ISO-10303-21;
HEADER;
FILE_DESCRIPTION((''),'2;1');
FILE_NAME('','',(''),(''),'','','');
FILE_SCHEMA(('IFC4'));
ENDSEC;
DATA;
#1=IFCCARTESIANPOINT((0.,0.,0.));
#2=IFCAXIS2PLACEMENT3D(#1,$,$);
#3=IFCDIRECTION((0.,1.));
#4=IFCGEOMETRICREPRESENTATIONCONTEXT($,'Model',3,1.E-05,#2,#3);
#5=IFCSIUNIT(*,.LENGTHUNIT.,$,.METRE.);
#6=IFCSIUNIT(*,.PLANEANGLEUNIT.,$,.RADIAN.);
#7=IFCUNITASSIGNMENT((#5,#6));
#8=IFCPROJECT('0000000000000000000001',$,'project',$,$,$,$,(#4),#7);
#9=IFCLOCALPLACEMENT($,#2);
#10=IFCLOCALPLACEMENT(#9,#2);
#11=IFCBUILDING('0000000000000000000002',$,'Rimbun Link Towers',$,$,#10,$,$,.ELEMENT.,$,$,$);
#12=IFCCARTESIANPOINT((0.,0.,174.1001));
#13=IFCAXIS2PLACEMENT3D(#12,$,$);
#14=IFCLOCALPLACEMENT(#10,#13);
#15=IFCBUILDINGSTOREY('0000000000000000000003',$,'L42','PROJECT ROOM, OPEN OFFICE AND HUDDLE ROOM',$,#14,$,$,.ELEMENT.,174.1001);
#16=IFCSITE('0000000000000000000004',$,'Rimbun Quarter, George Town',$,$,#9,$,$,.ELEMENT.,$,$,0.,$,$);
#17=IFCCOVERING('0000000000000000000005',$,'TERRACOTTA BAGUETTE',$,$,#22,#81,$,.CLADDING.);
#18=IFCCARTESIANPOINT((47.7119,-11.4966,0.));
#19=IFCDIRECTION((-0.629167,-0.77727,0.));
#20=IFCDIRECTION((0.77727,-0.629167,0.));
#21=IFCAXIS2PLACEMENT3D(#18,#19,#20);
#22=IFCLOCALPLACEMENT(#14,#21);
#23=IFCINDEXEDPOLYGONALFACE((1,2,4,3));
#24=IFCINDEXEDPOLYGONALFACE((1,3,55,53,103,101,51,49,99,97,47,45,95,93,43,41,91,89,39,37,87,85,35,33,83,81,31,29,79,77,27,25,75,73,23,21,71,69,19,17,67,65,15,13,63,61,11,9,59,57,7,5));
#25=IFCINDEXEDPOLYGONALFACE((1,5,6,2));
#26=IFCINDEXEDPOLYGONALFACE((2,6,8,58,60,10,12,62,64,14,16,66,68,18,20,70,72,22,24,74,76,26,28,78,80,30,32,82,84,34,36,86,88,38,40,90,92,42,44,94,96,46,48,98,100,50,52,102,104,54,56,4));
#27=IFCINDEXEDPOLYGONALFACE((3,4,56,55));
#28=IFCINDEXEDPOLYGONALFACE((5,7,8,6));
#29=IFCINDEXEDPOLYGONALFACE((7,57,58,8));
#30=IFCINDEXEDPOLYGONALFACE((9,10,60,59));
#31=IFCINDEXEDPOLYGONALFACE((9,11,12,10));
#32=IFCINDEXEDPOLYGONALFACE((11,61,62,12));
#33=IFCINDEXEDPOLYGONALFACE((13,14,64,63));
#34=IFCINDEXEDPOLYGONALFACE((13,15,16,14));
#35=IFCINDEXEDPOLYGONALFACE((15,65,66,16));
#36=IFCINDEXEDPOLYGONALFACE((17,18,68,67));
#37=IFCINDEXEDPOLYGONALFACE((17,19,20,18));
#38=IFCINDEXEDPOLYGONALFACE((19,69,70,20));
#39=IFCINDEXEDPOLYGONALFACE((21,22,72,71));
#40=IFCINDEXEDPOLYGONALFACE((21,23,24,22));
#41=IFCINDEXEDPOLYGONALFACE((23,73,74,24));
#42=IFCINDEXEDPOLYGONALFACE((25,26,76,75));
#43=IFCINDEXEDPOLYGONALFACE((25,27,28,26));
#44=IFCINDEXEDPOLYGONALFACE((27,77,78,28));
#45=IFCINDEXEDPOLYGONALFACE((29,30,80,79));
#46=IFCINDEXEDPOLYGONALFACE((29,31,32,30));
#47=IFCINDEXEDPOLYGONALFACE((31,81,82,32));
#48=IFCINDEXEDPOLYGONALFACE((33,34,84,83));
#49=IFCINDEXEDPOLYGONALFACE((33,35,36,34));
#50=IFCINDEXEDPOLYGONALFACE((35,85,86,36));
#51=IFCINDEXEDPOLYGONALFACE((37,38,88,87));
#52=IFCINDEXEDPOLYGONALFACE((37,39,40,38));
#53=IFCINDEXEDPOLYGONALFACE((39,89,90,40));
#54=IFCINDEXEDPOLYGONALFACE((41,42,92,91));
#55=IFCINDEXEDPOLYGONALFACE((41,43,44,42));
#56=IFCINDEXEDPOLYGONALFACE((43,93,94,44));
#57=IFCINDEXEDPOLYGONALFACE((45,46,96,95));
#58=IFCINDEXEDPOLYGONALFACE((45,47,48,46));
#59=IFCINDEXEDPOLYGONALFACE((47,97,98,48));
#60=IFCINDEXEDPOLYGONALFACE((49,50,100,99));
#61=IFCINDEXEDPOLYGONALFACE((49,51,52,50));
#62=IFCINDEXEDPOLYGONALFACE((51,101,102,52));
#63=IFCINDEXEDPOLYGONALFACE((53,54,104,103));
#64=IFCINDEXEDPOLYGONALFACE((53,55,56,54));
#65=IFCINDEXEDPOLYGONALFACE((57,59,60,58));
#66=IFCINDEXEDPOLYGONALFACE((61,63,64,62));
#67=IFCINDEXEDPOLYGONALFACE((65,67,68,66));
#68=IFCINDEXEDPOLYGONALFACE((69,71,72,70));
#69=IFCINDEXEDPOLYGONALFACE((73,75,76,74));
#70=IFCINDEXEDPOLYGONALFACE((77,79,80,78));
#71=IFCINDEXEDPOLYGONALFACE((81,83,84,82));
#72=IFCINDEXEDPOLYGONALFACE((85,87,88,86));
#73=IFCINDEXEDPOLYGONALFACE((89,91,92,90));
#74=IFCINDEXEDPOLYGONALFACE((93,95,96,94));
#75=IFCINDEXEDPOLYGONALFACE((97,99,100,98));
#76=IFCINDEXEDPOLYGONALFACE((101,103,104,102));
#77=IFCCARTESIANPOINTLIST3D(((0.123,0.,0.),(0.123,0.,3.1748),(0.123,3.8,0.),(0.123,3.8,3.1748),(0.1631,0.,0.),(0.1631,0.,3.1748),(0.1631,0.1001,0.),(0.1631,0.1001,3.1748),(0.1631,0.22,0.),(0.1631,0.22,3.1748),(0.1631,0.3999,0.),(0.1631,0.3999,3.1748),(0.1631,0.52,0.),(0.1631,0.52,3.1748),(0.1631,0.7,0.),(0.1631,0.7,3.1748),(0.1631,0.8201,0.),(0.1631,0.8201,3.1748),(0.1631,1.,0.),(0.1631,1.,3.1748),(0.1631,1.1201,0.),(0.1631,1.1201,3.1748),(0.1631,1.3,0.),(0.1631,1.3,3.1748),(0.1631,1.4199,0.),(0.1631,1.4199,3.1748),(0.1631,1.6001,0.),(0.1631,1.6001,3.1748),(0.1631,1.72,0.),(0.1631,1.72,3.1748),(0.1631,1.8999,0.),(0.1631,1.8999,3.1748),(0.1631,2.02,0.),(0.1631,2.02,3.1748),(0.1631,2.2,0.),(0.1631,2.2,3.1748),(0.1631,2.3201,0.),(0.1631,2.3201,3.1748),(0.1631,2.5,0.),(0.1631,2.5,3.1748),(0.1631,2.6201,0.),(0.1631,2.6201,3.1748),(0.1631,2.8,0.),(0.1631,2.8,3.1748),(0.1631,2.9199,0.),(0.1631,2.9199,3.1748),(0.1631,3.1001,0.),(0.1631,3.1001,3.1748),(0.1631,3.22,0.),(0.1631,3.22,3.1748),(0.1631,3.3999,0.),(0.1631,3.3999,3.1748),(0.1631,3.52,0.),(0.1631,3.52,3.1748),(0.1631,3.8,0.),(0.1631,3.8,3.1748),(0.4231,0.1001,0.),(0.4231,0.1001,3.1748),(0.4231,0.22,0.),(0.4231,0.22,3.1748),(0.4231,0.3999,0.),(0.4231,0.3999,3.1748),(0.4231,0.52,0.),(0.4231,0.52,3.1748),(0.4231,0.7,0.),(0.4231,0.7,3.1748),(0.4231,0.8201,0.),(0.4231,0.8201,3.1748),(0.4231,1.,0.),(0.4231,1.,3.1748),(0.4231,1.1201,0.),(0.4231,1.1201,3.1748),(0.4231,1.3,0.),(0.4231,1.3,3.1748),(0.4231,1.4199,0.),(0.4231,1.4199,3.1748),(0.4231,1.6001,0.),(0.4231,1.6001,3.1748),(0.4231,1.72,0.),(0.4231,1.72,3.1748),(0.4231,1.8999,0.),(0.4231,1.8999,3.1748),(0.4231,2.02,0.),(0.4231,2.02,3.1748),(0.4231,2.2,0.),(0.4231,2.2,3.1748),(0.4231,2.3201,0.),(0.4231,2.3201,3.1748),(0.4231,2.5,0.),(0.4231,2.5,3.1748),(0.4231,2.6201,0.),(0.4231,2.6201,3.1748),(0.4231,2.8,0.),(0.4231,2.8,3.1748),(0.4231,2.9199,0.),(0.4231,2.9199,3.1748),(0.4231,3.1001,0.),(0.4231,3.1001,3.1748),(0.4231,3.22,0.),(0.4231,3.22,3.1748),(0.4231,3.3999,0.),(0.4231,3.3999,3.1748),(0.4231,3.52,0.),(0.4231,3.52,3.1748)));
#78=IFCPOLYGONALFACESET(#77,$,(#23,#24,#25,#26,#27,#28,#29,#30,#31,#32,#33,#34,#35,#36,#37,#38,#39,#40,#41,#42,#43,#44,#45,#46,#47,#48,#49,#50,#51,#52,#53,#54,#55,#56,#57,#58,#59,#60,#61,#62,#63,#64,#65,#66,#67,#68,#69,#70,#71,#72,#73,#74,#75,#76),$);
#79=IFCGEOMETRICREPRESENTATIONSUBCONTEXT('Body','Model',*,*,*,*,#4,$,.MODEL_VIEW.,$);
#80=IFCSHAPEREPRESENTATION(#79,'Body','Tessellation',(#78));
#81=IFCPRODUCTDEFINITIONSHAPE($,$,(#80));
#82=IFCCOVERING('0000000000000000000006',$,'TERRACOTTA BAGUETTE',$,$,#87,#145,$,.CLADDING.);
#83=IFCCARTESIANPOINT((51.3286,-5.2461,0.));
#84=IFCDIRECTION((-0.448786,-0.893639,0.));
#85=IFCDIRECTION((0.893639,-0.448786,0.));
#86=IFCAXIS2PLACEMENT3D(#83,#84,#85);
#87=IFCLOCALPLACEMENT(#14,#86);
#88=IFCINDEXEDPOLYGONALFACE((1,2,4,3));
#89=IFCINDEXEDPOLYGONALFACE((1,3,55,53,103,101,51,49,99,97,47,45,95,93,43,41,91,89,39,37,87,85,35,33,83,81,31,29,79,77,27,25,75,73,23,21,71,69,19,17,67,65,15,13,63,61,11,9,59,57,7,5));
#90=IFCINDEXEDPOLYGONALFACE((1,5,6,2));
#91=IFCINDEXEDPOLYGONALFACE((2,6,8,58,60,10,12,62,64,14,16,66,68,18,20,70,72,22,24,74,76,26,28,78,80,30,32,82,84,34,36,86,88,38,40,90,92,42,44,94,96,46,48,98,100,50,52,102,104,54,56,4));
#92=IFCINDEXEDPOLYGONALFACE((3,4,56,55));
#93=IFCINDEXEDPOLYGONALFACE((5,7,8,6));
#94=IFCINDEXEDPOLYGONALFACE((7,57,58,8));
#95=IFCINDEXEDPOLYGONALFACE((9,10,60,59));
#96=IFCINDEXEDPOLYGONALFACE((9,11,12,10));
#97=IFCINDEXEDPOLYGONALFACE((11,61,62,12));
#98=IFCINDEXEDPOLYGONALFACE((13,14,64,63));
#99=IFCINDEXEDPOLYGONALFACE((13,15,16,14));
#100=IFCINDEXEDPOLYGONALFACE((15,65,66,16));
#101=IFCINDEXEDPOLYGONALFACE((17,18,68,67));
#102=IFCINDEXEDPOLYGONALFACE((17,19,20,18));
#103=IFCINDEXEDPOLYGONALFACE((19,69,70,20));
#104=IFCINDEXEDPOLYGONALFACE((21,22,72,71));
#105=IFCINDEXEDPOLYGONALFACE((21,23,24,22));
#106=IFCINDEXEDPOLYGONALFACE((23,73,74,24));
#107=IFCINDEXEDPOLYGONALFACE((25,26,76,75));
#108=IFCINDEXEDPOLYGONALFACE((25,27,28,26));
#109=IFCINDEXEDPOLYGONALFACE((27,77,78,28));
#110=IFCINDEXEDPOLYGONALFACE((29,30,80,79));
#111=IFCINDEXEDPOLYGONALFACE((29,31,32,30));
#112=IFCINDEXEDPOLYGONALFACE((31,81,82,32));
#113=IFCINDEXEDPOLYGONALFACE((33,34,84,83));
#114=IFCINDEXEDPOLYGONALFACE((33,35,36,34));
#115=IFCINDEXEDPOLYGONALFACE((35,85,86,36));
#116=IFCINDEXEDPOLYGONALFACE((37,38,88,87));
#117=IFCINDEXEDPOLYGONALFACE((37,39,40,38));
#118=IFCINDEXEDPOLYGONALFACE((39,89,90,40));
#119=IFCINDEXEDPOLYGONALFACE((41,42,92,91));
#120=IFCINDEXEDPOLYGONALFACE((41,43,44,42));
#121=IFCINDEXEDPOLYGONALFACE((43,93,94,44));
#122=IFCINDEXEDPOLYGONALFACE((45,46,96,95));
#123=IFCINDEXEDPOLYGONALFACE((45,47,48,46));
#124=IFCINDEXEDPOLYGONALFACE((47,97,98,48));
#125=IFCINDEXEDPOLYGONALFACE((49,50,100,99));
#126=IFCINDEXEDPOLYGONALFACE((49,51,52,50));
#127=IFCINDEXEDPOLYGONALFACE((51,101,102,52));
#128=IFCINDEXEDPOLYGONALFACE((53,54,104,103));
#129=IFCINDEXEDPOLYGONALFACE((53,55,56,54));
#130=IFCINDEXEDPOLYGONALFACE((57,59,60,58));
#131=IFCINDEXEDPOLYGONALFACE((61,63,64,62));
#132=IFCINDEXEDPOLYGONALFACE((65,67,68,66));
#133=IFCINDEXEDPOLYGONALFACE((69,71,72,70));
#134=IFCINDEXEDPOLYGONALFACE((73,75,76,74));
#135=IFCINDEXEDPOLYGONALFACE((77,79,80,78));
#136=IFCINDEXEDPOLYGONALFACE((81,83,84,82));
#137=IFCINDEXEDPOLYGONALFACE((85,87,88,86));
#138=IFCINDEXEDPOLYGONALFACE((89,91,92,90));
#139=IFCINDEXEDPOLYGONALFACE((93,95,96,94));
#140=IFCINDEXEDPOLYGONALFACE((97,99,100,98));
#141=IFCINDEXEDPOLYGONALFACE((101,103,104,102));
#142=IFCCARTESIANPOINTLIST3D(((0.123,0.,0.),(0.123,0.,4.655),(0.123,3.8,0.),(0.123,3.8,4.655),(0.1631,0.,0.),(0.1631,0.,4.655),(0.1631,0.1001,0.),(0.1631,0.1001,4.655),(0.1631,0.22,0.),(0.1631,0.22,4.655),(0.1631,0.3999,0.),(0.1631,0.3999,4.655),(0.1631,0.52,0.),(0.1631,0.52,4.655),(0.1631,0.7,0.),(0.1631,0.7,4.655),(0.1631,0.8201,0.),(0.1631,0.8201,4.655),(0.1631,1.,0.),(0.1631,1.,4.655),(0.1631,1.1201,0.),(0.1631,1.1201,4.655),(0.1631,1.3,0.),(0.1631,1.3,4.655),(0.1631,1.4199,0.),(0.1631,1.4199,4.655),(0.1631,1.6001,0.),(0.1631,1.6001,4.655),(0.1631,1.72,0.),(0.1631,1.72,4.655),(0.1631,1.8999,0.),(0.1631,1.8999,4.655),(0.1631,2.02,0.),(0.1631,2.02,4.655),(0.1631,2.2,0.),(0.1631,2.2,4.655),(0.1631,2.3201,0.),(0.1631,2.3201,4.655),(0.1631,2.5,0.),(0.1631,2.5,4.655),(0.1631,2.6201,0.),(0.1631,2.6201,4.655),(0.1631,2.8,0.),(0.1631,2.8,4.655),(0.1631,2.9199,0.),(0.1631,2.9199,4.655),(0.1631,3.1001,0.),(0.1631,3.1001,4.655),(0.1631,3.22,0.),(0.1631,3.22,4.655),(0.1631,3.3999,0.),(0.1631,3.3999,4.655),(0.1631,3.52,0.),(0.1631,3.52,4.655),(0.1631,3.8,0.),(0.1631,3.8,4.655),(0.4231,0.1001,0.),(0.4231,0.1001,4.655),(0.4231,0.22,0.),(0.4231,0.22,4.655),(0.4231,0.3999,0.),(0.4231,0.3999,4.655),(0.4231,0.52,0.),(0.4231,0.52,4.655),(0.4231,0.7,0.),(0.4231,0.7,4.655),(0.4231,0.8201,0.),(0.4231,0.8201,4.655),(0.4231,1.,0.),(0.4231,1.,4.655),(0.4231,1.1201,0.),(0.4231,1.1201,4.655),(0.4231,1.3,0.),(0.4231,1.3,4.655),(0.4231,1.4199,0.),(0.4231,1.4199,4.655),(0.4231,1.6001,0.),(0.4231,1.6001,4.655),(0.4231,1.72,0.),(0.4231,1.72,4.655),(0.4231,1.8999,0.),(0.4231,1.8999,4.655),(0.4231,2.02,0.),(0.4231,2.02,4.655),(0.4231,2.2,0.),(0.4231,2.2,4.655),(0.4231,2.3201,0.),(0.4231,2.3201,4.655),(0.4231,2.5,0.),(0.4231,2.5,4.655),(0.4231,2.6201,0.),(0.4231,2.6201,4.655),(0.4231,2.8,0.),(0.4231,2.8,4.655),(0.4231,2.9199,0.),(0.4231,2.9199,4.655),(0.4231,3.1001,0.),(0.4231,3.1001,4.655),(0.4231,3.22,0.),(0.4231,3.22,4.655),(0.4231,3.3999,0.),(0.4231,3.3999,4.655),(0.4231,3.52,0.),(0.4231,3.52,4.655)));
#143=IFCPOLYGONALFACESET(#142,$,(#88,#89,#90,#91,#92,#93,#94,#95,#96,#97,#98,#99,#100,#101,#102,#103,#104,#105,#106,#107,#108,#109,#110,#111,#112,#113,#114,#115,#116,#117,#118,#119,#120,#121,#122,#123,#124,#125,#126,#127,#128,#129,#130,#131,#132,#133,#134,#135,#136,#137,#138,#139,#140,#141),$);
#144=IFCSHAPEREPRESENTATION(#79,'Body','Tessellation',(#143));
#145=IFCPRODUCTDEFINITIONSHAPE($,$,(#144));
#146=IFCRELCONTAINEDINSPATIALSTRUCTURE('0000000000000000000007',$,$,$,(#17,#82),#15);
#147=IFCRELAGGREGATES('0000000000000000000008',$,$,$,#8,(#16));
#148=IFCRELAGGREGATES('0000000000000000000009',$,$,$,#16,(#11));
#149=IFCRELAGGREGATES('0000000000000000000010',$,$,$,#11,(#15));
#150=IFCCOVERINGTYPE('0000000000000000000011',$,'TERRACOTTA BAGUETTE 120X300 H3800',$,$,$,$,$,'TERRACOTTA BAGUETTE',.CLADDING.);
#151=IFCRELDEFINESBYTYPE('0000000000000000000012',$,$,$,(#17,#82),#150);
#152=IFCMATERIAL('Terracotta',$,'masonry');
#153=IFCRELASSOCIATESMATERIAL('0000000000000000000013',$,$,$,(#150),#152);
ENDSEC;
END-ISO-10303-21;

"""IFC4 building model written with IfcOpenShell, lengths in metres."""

from ifc_helpers import new_model, si_unit, direction, frame, origin, place, context, subcontext, project, spatial, polyline, outline, extrude, material, material_profile, profile_set, type_object, element, save


model = new_model("IFC4")

# Units and contexts
model_context = context("Model", 3, precision=1e-05, world=origin(), true_north=direction((0.0, 1.0)))
body_context = subcontext(model_context, "Body", "Model", "MODEL_VIEW")
ifc_project = project(units=[si_unit("LENGTHUNIT", "METRE"), si_unit("PLANEANGLEUNIT", "RADIAN")], contexts=[model_context])

# Site, building, storey
site_placement = place(None, origin())
site = spatial("IfcSite", under=ifc_project, at=site_placement, Name="Rimbun Quarter, George Town", CompositionType="ELEMENT", RefElevation=0.0)
building_placement = place(site_placement, origin())
building = spatial("IfcBuilding", under=site, at=building_placement, Name="Rimbun Link Towers", CompositionType="ELEMENT")
storey_placement = place(building_placement, frame((0.0, 0.0, 174.1001)))
storey = spatial("IfcBuildingStorey", under=building, at=storey_placement, Name="L42", Description="PROJECT ROOM, OPEN OFFICE AND HUDDLE ROOM", CompositionType="ELEMENT", Elevation=174.1001)

# Coverings
ifc_material_1 = material(Name="Terracotta", Category="masonry")
ifc_material_profile_1 = material_profile(ifc_material_1, outline(polyline([(0.123, 0.0), (0.1631, 0.0), (0.1631, 0.1001), (0.4231, 0.1001), (0.4231, 0.22), (0.1631, 0.22), (0.1631, 0.3999), (0.4231, 0.3999), (0.4231, 0.52), (0.1631, 0.52), (0.1631, 0.7), (0.4231, 0.7), (0.4231, 0.8201), (0.1631, 0.8201), (0.1631, 1.0), (0.4231, 1.0), (0.4231, 1.1201), (0.1631, 1.1201), (0.1631, 1.3), (0.4231, 1.3), (0.4231, 1.4199), (0.1631, 1.4199), (0.1631, 1.6001), (0.4231, 1.6001), (0.4231, 1.72), (0.1631, 1.72), (0.1631, 1.8999), (0.4231, 1.8999), (0.4231, 2.02), (0.1631, 2.02), (0.1631, 2.2), (0.4231, 2.2), (0.4231, 2.3201), (0.1631, 2.3201), (0.1631, 2.5), (0.4231, 2.5), (0.4231, 2.6201), (0.1631, 2.6201), (0.1631, 2.8), (0.4231, 2.8), (0.4231, 2.9199), (0.1631, 2.9199), (0.1631, 3.1001), (0.4231, 3.1001), (0.4231, 3.22), (0.1631, 3.22), (0.1631, 3.3999), (0.4231, 3.3999), (0.4231, 3.52), (0.1631, 3.52), (0.1631, 3.8), (0.123, 3.8), (0.123, 0.0)])), Name="BAGUETTE 120X300")
ifc_profile_set_1 = profile_set([ifc_material_profile_1], Name="Terracotta")
covering_type = type_object("IfcCoveringType", Name="TERRACOTTA BAGUETTE 120X300 H3800", ElementType="TERRACOTTA BAGUETTE", PredefinedType="CLADDING", material=ifc_profile_set_1)
covering_1_placement = place(storey_placement, frame((47.7119, -11.4966, 0.0), z_axis=(-0.629167, -0.77727, 0.0), x_axis=(0.77727, -0.629167, 0.0)))
element("IfcCovering", 1, at=covering_1_placement, inside=storey, type_object=covering_type, Name="TERRACOTTA BAGUETTE", PredefinedType="CLADDING", context=body_context, shape_type="SweptSolid", body=[
    extrude(outline(polyline([(0.123, 0.0), (0.1631, 0.0), (0.1631, 0.1001), (0.4231, 0.1001), (0.4231, 0.22), (0.1631, 0.22), (0.1631, 0.3999), (0.4231, 0.3999), (0.4231, 0.52), (0.1631, 0.52), (0.1631, 0.7), (0.4231, 0.7), (0.4231, 0.8201), (0.1631, 0.8201), (0.1631, 1.0), (0.4231, 1.0), (0.4231, 1.1201), (0.1631, 1.1201), (0.1631, 1.3), (0.4231, 1.3), (0.4231, 1.4199), (0.1631, 1.4199), (0.1631, 1.6001), (0.4231, 1.6001), (0.4231, 1.72), (0.1631, 1.72), (0.1631, 1.8999), (0.4231, 1.8999), (0.4231, 2.02), (0.1631, 2.02), (0.1631, 2.2), (0.4231, 2.2), (0.4231, 2.3201), (0.1631, 2.3201), (0.1631, 2.5), (0.4231, 2.5), (0.4231, 2.6201), (0.1631, 2.6201), (0.1631, 2.8), (0.4231, 2.8), (0.4231, 2.9199), (0.1631, 2.9199), (0.1631, 3.1001), (0.4231, 3.1001), (0.4231, 3.22), (0.1631, 3.22), (0.1631, 3.3999), (0.4231, 3.3999), (0.4231, 3.52), (0.1631, 3.52), (0.1631, 3.8), (0.123, 3.8), (0.123, 0.0)])), origin(), (0.0, 0.0, 1.0), 3.1748),
])
covering_2_placement = place(storey_placement, frame((51.3286, -5.2461, 0.0), z_axis=(-0.448786, -0.893639, 0.0), x_axis=(0.893639, -0.448786, 0.0)))
element("IfcCovering", 2, at=covering_2_placement, inside=storey, type_object=covering_type, Name="TERRACOTTA BAGUETTE", PredefinedType="CLADDING", context=body_context, shape_type="SweptSolid", body=[
    extrude(outline(polyline([(0.123, 0.0), (0.1631, 0.0), (0.1631, 0.1001), (0.4231, 0.1001), (0.4231, 0.22), (0.1631, 0.22), (0.1631, 0.3999), (0.4231, 0.3999), (0.4231, 0.52), (0.1631, 0.52), (0.1631, 0.7), (0.4231, 0.7), (0.4231, 0.8201), (0.1631, 0.8201), (0.1631, 1.0), (0.4231, 1.0), (0.4231, 1.1201), (0.1631, 1.1201), (0.1631, 1.3), (0.4231, 1.3), (0.4231, 1.4199), (0.1631, 1.4199), (0.1631, 1.6001), (0.4231, 1.6001), (0.4231, 1.72), (0.1631, 1.72), (0.1631, 1.8999), (0.4231, 1.8999), (0.4231, 2.02), (0.1631, 2.02), (0.1631, 2.2), (0.4231, 2.2), (0.4231, 2.3201), (0.1631, 2.3201), (0.1631, 2.5), (0.4231, 2.5), (0.4231, 2.6201), (0.1631, 2.6201), (0.1631, 2.8), (0.4231, 2.8), (0.4231, 2.9199), (0.1631, 2.9199), (0.1631, 3.1001), (0.4231, 3.1001), (0.4231, 3.22), (0.1631, 3.22), (0.1631, 3.3999), (0.4231, 3.3999), (0.4231, 3.52), (0.1631, 3.52), (0.1631, 3.8), (0.123, 3.8), (0.123, 0.0)])), origin(), (0.0, 0.0, 1.0), 4.655),
])

save(model, "model.ifc")
